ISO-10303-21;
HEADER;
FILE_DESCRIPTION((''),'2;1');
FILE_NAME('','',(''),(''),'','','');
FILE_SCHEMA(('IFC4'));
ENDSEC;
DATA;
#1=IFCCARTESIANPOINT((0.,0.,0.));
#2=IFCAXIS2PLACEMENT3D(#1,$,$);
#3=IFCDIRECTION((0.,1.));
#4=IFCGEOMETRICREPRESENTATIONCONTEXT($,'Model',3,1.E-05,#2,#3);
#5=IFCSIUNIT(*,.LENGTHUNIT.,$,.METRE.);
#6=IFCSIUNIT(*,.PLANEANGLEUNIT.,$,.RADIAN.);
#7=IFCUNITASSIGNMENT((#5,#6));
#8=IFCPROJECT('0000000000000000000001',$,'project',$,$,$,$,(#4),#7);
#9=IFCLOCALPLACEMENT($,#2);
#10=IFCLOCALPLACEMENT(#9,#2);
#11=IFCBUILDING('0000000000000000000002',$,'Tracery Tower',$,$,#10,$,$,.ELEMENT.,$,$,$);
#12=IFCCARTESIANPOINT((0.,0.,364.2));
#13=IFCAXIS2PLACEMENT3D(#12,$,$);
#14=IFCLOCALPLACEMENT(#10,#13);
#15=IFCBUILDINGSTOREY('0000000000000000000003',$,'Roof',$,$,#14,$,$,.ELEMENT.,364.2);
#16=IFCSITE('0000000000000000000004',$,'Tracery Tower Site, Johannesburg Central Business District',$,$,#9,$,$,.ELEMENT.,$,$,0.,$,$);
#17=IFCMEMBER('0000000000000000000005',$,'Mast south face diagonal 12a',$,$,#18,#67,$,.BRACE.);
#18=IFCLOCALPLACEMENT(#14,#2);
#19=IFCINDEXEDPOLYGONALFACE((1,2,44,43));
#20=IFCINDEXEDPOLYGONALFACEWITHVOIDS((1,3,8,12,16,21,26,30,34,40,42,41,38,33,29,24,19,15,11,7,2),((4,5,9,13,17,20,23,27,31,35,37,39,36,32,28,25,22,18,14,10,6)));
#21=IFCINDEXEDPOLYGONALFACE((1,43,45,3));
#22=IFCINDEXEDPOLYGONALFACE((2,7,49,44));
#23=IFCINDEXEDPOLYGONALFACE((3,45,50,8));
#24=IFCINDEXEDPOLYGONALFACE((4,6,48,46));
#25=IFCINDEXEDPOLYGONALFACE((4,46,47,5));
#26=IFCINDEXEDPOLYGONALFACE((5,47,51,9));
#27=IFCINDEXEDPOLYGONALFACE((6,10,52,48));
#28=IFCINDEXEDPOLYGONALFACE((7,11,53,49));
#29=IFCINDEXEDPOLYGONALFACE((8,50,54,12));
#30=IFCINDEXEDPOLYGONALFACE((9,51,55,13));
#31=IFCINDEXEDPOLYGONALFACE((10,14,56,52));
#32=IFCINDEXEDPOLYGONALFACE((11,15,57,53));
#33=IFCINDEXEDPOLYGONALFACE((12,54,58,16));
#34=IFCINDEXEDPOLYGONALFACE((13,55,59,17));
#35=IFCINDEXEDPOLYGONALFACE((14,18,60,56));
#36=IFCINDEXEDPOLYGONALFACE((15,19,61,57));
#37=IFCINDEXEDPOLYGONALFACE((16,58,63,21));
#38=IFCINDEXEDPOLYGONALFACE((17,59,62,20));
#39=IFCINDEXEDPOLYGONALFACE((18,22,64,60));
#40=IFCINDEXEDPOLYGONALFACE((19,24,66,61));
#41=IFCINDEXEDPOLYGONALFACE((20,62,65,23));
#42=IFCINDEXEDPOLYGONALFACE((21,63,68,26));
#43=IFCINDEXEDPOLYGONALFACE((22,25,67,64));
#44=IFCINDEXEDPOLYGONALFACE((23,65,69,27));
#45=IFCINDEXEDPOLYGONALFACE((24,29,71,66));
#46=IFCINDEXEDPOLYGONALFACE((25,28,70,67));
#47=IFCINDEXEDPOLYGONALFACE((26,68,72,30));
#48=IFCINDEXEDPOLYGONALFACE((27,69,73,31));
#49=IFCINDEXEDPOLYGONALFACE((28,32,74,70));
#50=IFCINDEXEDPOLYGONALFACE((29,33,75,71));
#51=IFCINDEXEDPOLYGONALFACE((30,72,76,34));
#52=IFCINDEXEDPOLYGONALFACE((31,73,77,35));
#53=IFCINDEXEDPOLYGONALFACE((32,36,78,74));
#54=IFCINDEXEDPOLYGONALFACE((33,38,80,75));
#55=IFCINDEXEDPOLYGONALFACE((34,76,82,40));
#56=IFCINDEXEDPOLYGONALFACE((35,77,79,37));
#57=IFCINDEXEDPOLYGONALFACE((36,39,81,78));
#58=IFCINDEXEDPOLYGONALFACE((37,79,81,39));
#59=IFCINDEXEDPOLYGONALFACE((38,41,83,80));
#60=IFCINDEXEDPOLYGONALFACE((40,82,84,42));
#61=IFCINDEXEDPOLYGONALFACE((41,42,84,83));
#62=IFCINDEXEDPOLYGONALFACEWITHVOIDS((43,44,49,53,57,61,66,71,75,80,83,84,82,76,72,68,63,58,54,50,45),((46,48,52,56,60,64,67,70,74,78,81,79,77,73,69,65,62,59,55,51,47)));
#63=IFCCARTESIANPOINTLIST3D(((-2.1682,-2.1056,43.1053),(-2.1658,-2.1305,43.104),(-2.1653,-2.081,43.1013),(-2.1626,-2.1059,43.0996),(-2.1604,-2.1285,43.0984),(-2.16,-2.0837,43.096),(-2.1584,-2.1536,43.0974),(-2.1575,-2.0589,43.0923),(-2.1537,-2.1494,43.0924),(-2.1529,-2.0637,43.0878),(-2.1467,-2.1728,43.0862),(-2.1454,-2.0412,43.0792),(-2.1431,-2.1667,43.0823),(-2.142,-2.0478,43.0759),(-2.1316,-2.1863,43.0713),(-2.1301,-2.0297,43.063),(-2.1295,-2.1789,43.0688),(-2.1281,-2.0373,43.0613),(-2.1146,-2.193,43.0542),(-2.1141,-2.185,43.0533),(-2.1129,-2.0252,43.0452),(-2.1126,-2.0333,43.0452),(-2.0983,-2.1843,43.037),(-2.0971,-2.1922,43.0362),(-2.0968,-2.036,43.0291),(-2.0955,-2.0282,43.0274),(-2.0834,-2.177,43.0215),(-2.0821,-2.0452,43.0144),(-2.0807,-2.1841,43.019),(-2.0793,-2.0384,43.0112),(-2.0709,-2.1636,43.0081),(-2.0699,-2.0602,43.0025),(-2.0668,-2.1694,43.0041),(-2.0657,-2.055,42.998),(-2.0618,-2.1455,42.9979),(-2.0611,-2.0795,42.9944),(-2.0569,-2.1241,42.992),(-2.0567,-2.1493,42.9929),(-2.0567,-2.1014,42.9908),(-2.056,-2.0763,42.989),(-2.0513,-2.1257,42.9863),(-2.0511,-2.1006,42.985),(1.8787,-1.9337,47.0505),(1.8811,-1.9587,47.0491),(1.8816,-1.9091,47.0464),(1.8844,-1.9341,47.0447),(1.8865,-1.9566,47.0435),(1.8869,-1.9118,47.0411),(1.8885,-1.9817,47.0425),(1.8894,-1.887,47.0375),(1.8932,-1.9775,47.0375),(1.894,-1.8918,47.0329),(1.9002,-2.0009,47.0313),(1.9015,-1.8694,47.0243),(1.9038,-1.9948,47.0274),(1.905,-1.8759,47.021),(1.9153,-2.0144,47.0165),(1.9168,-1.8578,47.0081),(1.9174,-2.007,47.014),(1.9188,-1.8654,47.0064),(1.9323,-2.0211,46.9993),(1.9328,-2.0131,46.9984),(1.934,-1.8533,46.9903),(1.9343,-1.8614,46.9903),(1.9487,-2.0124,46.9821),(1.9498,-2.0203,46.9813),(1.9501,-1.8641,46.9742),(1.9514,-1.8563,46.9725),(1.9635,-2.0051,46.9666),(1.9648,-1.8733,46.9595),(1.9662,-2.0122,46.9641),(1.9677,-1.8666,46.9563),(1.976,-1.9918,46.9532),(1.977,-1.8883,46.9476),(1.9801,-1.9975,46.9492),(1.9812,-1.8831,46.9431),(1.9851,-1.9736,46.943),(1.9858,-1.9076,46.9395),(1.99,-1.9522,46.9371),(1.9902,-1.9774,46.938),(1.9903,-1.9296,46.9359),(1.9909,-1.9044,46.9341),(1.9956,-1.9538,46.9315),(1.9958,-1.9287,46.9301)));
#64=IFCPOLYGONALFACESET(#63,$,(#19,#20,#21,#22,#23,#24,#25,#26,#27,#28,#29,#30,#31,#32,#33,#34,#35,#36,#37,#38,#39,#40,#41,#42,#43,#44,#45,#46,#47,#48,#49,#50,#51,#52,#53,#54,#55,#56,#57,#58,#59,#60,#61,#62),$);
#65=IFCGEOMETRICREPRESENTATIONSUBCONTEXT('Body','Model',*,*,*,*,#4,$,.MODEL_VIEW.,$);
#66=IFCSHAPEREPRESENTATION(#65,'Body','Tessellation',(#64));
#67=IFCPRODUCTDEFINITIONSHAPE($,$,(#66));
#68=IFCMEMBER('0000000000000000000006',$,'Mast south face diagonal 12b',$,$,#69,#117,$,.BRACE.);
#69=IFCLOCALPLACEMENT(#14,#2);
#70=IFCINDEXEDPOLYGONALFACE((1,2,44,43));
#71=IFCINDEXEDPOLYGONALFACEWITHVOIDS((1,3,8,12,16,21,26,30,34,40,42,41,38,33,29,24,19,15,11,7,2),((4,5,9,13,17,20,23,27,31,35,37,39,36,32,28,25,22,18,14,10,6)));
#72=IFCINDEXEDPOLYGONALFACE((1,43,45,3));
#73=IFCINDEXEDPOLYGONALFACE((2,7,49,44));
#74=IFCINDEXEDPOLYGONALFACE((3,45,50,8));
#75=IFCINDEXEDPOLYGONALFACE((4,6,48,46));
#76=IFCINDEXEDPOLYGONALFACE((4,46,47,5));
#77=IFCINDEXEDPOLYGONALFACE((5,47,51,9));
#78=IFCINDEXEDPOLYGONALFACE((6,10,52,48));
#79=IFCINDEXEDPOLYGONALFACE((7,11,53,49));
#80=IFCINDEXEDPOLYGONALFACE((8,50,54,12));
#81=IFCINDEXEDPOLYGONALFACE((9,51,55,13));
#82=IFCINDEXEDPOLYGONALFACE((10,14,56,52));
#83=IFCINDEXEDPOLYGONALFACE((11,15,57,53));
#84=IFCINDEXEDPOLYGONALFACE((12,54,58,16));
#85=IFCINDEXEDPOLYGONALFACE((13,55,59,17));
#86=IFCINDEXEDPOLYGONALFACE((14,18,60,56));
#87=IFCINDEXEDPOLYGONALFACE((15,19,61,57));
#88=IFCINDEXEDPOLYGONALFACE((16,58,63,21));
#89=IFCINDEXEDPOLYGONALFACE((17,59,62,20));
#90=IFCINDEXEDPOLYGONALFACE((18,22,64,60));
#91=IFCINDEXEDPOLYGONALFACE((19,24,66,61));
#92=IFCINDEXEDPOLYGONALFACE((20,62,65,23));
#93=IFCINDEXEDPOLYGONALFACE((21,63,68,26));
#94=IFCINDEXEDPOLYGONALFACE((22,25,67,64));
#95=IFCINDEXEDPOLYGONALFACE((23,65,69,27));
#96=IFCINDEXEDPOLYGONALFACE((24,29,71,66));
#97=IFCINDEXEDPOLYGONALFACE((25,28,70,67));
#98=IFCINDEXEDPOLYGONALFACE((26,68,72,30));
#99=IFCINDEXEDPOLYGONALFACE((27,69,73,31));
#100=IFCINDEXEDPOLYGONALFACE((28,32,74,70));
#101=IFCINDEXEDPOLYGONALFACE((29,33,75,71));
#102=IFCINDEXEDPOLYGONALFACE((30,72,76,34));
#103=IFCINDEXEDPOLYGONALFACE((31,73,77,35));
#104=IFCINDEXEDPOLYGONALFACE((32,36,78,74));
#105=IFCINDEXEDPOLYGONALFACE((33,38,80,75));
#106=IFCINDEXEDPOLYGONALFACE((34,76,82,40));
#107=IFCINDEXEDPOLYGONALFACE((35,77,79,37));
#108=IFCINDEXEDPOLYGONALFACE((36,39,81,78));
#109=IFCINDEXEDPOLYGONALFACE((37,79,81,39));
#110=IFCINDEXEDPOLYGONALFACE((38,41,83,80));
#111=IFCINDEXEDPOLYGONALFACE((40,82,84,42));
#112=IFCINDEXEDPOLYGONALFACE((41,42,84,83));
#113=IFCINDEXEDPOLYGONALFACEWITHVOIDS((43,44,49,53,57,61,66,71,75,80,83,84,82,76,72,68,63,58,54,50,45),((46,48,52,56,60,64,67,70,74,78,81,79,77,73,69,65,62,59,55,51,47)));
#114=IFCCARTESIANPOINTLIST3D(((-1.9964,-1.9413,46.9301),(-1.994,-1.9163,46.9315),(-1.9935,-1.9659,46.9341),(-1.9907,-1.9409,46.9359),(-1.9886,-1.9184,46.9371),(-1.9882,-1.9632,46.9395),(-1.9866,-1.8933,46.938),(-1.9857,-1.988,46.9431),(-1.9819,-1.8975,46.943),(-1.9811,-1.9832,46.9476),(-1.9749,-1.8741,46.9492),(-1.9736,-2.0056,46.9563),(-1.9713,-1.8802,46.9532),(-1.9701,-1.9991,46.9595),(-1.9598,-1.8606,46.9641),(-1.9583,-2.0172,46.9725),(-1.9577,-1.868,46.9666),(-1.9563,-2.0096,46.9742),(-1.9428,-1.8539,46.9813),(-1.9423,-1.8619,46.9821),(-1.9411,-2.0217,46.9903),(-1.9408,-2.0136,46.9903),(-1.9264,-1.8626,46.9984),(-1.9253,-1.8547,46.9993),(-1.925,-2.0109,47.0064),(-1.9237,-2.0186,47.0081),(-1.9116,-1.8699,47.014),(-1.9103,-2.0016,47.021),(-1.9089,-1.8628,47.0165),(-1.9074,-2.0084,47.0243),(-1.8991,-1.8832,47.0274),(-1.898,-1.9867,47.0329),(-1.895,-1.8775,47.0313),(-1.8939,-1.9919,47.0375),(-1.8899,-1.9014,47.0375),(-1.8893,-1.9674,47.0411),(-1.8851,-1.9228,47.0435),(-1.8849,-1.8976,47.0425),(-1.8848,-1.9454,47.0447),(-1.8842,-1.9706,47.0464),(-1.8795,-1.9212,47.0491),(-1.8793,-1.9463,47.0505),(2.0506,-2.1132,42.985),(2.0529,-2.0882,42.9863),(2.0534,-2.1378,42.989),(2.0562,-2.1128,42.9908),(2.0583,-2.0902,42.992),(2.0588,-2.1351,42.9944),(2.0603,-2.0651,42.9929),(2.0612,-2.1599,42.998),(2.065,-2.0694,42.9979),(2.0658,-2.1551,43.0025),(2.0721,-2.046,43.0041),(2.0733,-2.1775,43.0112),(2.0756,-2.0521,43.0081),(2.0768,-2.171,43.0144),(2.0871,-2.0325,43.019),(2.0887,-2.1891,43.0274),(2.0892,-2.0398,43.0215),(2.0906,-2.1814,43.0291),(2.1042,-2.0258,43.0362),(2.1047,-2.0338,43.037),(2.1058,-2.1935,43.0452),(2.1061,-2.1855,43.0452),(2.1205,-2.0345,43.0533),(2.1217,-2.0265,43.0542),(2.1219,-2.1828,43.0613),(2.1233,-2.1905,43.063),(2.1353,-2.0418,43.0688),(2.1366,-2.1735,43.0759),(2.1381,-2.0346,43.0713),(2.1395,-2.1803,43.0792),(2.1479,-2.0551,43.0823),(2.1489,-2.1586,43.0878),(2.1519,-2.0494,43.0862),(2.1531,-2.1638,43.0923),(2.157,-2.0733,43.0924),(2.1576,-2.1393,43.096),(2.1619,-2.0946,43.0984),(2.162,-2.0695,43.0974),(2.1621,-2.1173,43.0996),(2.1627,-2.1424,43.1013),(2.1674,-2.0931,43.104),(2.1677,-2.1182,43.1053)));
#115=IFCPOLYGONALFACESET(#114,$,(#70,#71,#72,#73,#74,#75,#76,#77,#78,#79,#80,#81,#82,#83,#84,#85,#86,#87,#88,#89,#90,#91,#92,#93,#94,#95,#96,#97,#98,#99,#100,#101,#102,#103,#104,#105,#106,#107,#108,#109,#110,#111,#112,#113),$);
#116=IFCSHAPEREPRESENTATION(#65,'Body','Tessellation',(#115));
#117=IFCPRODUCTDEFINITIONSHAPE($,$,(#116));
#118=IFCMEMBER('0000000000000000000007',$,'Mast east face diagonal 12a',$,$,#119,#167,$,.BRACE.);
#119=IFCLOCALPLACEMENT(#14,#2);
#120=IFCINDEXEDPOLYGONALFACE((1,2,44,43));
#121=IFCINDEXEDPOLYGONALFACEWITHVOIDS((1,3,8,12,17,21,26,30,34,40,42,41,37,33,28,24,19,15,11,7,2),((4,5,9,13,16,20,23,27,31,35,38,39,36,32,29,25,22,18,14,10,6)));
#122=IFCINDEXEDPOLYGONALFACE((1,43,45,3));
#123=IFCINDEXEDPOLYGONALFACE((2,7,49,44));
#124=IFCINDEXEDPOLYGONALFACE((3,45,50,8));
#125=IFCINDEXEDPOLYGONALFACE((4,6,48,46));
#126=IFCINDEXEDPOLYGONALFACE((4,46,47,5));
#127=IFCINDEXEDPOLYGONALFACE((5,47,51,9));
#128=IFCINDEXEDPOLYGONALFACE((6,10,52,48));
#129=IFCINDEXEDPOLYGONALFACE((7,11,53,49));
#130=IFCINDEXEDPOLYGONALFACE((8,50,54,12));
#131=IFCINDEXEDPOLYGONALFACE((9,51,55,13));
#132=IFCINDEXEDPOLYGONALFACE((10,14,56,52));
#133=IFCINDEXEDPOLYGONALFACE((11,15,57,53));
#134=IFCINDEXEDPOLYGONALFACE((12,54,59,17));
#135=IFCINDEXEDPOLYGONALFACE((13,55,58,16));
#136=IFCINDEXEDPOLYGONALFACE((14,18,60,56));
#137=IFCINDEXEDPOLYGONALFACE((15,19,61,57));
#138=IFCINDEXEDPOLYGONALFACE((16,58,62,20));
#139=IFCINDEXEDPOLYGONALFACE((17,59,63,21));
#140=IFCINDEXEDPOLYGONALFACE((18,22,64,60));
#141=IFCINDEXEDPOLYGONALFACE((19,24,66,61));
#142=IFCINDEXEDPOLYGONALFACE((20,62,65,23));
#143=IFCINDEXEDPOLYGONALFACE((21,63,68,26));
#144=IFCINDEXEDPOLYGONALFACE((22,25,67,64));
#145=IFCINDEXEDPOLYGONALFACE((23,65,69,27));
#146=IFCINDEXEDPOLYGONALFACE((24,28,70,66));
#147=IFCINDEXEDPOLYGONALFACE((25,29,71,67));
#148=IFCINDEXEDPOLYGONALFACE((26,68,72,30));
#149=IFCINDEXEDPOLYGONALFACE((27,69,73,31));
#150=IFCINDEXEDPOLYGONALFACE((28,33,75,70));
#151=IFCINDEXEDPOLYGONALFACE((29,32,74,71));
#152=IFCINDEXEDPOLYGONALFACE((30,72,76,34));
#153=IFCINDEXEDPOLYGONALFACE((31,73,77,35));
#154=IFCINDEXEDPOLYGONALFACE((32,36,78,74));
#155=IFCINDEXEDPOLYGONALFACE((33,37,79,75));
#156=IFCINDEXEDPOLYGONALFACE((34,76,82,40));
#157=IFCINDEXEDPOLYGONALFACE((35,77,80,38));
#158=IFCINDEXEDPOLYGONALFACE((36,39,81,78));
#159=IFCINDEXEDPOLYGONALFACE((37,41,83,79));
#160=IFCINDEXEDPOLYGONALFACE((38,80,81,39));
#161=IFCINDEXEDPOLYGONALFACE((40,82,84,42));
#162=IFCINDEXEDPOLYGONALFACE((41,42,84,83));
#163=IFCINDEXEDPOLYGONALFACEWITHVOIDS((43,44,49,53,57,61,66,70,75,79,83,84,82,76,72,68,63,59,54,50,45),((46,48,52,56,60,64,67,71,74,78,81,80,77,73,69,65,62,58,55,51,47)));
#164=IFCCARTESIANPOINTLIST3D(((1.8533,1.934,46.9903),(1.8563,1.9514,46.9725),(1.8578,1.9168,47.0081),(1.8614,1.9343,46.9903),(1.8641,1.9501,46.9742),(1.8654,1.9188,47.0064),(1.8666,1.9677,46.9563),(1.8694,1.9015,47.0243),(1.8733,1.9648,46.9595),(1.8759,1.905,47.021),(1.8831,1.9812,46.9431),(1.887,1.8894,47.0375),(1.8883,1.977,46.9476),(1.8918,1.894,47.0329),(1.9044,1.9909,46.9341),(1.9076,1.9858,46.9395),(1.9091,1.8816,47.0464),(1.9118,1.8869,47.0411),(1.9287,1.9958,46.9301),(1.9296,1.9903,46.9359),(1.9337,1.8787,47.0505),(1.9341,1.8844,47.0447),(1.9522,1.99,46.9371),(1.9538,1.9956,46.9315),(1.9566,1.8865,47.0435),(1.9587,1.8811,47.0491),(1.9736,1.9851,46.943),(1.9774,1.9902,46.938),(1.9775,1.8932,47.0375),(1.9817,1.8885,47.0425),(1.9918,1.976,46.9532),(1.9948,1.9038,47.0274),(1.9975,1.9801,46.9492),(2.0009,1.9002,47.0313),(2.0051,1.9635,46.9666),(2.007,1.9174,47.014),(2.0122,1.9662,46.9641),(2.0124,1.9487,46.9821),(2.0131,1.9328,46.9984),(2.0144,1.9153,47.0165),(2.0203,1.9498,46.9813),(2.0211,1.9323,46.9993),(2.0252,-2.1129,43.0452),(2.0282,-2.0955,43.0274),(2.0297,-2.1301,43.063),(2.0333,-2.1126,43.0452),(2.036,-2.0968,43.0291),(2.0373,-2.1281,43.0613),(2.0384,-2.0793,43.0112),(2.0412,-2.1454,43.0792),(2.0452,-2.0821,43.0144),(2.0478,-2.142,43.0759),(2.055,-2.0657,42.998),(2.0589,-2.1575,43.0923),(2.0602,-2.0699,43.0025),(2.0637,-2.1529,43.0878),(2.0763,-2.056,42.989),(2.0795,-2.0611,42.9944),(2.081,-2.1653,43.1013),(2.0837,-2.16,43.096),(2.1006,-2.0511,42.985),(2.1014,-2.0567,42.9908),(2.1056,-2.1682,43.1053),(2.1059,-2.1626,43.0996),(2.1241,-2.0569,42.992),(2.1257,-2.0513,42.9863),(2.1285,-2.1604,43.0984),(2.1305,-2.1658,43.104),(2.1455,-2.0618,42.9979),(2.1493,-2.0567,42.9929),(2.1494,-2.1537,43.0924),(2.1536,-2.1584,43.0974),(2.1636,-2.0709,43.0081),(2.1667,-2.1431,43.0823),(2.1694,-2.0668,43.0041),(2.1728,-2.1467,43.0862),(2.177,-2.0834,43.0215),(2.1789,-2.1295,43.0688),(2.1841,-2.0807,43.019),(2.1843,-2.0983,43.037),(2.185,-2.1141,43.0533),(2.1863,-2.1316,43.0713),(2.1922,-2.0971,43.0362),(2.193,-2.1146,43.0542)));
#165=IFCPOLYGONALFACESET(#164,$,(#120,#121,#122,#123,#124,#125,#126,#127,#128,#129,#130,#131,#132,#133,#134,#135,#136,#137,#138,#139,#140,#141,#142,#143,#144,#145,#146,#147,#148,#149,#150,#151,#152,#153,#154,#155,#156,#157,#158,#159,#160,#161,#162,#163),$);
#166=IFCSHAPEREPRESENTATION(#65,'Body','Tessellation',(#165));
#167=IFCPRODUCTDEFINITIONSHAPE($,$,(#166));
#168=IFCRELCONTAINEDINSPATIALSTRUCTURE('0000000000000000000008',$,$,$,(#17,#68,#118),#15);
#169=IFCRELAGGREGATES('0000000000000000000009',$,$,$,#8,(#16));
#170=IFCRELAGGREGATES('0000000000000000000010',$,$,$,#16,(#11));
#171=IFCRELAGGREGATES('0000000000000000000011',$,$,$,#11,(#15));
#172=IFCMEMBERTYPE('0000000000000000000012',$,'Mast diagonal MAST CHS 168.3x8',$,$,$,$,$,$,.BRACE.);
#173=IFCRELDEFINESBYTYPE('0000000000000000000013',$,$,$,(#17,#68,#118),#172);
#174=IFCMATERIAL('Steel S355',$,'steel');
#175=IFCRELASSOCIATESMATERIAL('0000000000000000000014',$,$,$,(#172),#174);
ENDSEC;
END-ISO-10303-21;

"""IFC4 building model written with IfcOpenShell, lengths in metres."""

from ifc_helpers import new_model, si_unit, direction, frame, origin, origin_2d, place, context, subcontext, project, spatial, hollow_circle, extrude, material, material_profile, profile_set, type_object, element, save


model = new_model("IFC4")

# Units and contexts
model_context = context("Model", 3, precision=1e-05, world=origin(), true_north=direction((0.0, 1.0)))
body_context = subcontext(model_context, "Body", "Model", "MODEL_VIEW")
ifc_project = project(units=[si_unit("LENGTHUNIT", "METRE"), si_unit("PLANEANGLEUNIT", "RADIAN")], contexts=[model_context])

# Site, building, storey
site_placement = place(None, origin())
site = spatial("IfcSite", under=ifc_project, at=site_placement, Name="Tracery Tower Site, Johannesburg Central Business District", CompositionType="ELEMENT", RefElevation=0.0)
building_placement = place(site_placement, origin())
building = spatial("IfcBuilding", under=site, at=building_placement, Name="Tracery Tower", CompositionType="ELEMENT")
storey_placement = place(building_placement, frame((0.0, 0.0, 364.2)))
storey = spatial("IfcBuildingStorey", under=building, at=storey_placement, Name="Roof", CompositionType="ELEMENT", Elevation=364.2)

# Members
ifc_material_1 = material(Name="Steel S355", Category="steel")
ifc_material_profile_1 = material_profile(ifc_material_1, hollow_circle(Radius=0.0842, WallThickness=0.0081, at=origin_2d()), Name="CHS 168.3x8")
ifc_profile_set_1 = profile_set([ifc_material_profile_1], Name="Steel S355")
member_type_1 = type_object("IfcMemberType", Name="Mast diagonal MAST CHS 168.3x8", PredefinedType="BRACE", material=ifc_profile_set_1)
for number, where, z_axis, x_axis, name in (
    (1, (-2.1094, -2.1094, 43.0452), (0.715725, 0.030398, 0.69772), (-0.042433, 0.999099, 0.0), "Mast south face diagonal 12a"),
    (2, (2.1094, -2.1094, 43.0452), (-0.715725, 0.030398, 0.69772), (-0.042433, -0.999099, 0.0), "Mast south face diagonal 12b"),
    (3, (2.1094, -2.1094, 43.0452), (-0.030398, 0.715725, 0.69772), (-0.999099, -0.042433, 0.0), "Mast east face diagonal 12a"),
):
    element("IfcMember", number, at=place(storey_placement, frame(where, z_axis=z_axis, x_axis=x_axis)), inside=storey, type_object=member_type_1, Name=name, PredefinedType="BRACE", context=body_context, shape_type="SweptSolid", body=[
        extrude(hollow_circle(Radius=0.0842, WallThickness=0.0081, at=origin_2d()), origin(), (0.0, 0.0, 1.0), 5.6543),
    ])

save(model, "model.ifc")
